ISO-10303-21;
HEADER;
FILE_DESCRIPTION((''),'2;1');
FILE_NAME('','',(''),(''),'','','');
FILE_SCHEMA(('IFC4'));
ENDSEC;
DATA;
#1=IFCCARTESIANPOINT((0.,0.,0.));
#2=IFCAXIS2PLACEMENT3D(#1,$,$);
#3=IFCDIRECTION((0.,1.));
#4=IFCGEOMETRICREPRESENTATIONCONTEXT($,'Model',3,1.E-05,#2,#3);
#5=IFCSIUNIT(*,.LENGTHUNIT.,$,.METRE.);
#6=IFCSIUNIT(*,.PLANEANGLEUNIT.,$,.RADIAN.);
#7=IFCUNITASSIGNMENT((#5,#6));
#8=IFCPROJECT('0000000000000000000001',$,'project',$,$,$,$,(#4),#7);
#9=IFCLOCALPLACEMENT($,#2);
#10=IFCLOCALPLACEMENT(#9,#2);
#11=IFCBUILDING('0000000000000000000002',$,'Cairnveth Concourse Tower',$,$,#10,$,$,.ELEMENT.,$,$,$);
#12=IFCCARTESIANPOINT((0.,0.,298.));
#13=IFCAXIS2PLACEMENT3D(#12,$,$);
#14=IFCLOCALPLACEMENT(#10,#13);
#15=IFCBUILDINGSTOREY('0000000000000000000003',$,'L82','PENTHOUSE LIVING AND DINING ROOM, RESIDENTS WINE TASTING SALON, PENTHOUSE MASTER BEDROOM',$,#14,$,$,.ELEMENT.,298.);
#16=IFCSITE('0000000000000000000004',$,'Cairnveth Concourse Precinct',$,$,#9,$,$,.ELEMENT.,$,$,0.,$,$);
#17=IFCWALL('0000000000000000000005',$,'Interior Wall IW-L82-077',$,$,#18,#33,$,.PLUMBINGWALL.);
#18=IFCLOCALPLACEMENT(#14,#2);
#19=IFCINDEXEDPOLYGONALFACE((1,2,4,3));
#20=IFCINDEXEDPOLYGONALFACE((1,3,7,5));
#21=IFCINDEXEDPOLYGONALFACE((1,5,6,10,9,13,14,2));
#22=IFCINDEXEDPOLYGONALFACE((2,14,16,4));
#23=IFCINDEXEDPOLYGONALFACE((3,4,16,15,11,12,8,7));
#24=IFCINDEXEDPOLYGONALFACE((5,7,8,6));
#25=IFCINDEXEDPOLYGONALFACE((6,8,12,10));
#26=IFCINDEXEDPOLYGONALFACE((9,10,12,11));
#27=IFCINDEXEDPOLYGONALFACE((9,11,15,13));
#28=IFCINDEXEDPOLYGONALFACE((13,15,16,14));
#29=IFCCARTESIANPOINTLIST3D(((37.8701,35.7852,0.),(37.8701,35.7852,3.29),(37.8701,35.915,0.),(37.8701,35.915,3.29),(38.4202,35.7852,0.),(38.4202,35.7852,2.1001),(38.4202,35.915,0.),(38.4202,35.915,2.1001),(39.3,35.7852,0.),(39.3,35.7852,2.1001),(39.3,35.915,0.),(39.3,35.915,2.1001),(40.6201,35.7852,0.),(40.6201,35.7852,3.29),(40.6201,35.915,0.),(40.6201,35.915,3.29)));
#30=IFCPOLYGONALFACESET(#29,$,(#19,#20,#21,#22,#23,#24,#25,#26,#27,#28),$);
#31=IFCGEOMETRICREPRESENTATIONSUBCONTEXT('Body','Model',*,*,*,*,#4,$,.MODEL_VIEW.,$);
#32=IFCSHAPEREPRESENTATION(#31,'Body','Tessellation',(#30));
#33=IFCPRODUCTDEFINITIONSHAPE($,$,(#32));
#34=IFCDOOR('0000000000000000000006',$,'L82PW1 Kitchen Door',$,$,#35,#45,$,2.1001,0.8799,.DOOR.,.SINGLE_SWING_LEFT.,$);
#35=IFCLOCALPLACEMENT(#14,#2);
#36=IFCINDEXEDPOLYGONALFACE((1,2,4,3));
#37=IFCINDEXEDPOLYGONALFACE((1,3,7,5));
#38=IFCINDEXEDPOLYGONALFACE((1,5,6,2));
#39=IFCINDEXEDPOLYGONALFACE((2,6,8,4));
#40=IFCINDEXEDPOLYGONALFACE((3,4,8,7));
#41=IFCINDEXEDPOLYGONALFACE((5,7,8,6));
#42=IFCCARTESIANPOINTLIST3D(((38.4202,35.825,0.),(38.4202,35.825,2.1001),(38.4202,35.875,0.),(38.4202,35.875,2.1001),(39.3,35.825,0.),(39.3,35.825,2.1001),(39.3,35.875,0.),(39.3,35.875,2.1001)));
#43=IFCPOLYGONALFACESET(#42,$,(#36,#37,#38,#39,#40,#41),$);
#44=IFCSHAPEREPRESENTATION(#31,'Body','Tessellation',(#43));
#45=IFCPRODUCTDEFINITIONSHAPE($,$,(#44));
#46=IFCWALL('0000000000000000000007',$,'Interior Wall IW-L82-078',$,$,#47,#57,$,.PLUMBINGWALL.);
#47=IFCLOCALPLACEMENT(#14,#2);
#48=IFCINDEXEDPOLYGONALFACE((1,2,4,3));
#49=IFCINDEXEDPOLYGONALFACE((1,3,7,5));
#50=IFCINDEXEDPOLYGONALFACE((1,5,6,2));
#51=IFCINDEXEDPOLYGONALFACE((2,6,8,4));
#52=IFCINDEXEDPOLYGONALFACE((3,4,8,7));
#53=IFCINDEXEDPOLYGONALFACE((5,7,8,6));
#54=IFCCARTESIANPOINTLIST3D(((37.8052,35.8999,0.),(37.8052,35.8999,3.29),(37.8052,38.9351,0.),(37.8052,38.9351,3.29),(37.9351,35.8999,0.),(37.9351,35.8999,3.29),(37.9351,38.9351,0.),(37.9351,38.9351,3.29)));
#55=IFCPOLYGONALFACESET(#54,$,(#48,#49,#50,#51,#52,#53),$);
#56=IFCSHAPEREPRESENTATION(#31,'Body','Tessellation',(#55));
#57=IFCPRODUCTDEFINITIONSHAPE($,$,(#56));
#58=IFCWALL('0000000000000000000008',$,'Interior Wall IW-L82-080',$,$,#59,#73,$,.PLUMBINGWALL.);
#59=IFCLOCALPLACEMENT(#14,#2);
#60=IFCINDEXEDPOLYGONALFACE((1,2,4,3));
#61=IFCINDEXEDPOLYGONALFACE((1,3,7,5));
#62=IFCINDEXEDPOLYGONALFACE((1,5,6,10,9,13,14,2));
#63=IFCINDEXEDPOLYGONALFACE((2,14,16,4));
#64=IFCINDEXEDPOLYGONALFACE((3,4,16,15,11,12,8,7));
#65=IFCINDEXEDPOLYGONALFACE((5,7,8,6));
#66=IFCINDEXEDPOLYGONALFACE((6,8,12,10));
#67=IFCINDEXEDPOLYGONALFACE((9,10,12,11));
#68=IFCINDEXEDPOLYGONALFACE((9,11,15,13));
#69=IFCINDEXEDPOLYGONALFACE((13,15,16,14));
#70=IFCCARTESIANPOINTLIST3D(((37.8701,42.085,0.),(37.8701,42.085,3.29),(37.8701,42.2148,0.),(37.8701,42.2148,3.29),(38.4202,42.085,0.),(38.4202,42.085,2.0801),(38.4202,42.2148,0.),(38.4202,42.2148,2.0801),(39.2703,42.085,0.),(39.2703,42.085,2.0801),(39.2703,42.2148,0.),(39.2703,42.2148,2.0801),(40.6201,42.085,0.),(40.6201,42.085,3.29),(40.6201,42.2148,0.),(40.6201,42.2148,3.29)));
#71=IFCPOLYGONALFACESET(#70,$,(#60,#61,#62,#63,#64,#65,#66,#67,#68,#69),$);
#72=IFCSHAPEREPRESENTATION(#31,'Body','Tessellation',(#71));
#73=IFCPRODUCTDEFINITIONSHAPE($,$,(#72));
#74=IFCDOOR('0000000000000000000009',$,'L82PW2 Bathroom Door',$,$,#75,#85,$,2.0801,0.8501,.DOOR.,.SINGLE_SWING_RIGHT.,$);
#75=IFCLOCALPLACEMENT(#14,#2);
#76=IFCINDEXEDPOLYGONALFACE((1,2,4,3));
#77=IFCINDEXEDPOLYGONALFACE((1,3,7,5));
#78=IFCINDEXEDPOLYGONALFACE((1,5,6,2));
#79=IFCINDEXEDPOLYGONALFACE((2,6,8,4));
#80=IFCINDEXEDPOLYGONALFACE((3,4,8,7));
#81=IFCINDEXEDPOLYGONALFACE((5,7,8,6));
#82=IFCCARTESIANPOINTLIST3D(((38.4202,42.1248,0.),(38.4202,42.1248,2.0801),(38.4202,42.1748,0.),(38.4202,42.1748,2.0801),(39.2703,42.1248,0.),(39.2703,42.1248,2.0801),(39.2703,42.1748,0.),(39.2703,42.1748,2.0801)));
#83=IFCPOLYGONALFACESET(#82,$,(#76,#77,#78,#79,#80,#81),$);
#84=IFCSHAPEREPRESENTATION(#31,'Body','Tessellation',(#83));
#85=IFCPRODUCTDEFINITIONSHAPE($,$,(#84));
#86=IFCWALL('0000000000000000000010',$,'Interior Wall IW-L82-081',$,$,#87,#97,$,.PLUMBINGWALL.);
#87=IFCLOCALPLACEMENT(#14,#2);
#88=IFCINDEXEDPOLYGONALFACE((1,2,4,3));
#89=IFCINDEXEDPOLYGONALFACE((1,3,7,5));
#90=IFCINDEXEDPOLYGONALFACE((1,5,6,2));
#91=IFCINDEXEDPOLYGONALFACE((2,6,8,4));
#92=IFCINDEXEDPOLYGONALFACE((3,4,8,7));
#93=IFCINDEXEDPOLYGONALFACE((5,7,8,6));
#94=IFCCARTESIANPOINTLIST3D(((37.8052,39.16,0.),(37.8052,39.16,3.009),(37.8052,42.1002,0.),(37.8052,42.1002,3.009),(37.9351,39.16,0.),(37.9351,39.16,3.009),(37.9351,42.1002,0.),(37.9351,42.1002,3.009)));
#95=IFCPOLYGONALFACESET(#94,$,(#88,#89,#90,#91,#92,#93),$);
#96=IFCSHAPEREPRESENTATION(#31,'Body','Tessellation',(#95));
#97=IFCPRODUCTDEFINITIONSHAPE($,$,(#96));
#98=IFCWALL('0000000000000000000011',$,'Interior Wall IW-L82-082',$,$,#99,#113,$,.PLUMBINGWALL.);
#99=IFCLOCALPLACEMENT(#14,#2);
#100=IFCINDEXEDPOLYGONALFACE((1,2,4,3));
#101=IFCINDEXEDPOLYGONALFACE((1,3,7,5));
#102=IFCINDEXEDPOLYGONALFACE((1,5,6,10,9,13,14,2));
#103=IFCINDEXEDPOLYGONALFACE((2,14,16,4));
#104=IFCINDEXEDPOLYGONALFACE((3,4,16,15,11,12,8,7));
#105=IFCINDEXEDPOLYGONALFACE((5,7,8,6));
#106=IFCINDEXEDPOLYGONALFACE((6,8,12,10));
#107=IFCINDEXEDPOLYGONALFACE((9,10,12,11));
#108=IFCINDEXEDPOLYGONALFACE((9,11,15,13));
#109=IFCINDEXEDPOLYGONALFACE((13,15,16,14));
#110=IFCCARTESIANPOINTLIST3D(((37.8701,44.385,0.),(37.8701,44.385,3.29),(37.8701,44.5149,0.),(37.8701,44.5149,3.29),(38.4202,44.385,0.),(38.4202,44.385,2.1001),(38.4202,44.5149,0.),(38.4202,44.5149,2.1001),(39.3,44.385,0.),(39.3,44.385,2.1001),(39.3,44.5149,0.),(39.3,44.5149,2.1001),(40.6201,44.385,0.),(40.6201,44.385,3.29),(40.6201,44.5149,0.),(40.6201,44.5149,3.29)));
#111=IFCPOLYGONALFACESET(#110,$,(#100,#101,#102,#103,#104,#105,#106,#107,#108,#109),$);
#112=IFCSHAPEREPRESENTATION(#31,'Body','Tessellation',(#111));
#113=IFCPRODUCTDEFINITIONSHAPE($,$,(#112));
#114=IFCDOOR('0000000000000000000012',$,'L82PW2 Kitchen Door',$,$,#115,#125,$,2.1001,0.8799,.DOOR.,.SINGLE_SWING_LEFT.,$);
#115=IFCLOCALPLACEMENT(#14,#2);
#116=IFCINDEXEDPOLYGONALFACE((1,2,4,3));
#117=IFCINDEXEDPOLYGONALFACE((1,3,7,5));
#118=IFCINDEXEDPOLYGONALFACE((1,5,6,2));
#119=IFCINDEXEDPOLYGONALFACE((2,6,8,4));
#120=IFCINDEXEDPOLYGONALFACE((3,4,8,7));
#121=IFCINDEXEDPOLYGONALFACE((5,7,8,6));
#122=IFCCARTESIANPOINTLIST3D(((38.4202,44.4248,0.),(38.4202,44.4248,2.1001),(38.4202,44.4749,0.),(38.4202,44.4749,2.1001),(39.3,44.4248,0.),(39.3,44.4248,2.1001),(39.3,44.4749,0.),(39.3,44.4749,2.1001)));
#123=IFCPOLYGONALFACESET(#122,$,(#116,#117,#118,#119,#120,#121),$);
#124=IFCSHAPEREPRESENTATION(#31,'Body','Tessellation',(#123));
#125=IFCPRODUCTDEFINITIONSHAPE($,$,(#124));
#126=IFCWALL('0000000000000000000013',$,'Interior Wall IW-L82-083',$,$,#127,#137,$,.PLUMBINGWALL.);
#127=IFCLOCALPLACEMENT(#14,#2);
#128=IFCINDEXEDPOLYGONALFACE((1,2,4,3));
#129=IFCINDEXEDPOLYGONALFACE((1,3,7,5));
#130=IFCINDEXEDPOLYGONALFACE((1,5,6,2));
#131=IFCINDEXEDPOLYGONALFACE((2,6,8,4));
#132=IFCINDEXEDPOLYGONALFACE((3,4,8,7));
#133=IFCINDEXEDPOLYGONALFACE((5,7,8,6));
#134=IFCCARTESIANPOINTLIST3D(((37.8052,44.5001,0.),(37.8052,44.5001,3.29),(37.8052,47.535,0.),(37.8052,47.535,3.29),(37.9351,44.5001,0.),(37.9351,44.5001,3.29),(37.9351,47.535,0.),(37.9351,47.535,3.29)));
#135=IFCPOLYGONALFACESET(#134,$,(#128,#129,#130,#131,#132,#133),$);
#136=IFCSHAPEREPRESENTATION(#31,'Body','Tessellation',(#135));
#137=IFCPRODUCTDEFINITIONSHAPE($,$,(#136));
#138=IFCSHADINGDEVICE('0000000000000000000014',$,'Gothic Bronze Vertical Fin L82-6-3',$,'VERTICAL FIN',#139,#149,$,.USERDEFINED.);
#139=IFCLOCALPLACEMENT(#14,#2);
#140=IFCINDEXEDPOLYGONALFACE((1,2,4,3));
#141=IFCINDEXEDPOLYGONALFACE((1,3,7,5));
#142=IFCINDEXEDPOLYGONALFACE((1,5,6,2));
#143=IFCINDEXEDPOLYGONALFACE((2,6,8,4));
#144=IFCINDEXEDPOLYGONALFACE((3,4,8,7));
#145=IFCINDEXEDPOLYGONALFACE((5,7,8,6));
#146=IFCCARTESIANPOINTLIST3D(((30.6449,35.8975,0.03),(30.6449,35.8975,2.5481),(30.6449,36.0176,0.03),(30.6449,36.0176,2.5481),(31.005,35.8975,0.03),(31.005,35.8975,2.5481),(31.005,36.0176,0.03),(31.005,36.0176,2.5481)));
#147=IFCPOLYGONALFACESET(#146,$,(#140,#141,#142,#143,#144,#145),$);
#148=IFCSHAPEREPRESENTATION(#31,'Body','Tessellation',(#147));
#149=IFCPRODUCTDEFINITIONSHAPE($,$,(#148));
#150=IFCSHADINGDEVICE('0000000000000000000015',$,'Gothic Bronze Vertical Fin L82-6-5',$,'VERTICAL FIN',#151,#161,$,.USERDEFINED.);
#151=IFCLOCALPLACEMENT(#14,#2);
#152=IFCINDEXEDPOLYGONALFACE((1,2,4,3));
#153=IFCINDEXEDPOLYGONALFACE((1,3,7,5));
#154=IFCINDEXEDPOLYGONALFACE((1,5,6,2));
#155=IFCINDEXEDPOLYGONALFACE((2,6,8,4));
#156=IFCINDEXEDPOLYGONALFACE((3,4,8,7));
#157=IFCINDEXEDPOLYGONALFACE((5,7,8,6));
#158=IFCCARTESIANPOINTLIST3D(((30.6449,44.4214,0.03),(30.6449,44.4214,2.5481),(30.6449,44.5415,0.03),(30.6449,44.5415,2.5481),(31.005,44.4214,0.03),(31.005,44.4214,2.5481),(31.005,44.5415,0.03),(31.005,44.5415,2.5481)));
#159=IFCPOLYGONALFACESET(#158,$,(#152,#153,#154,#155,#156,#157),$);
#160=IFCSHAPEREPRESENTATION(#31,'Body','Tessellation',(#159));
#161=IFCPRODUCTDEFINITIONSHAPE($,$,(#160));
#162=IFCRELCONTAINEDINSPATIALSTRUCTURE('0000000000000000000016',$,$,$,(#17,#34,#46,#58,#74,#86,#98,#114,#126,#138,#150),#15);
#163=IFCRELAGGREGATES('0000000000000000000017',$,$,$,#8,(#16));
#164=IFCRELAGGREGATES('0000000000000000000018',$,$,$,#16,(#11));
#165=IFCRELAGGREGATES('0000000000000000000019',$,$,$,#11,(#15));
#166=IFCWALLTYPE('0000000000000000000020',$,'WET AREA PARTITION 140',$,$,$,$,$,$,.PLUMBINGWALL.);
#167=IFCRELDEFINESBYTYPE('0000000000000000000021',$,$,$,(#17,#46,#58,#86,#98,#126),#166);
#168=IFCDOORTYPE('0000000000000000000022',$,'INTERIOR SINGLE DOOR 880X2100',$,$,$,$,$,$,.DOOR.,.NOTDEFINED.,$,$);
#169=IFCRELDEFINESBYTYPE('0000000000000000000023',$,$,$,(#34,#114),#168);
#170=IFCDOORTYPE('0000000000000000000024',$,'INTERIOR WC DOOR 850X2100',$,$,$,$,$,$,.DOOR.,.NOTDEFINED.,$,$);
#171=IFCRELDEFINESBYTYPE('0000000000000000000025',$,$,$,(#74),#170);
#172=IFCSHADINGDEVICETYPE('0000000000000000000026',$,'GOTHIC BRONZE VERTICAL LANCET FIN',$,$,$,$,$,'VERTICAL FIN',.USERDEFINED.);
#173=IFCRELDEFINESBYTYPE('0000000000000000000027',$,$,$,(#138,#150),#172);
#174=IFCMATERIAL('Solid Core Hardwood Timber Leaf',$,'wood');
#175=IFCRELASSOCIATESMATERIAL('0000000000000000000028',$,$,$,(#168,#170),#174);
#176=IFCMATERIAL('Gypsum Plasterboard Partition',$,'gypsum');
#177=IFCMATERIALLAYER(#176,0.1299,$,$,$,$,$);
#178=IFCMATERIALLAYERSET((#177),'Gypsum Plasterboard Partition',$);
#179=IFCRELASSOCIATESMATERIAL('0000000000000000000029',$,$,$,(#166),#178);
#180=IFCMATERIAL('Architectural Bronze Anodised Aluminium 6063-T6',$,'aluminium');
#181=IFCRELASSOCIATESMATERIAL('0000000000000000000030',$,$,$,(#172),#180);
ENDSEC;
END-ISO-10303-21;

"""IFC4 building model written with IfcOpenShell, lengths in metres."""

from ifc_helpers import new_model, si_unit, direction, frame, frame_2d, origin, origin_2d, place, context, subcontext, project, spatial, rectangle, extrude, material, layer, layer_set, type_object, element, fill, save


model = new_model("IFC4")

# Units and contexts
model_context = context("Model", 3, precision=1e-05, world=origin(), true_north=direction((0.0, 1.0)))
body_context = subcontext(model_context, "Body", "Model", "MODEL_VIEW")
ifc_project = project(units=[si_unit("LENGTHUNIT", "METRE"), si_unit("PLANEANGLEUNIT", "RADIAN")], contexts=[model_context])

# Site, building, storey
site_placement = place(None, origin())
site = spatial("IfcSite", under=ifc_project, at=site_placement, Name="Cairnveth Concourse Precinct", CompositionType="ELEMENT", RefElevation=0.0)
building_placement = place(site_placement, origin())
building = spatial("IfcBuilding", under=site, at=building_placement, Name="Cairnveth Concourse Tower", CompositionType="ELEMENT")
storey_placement = place(building_placement, frame((0.0, 0.0, 298.0)))
storey = spatial("IfcBuildingStorey", under=building, at=storey_placement, Name="L82", Description="PENTHOUSE LIVING AND DINING ROOM, RESIDENTS WINE TASTING SALON, PENTHOUSE MASTER BEDROOM", CompositionType="ELEMENT", Elevation=298.0)

# Shared definitions
ifc_material_1 = material(Name="Gypsum Plasterboard Partition", Category="gypsum")

# Wall, opening, door
ifc_material_2 = material(Name="Solid Core Hardwood Timber Leaf", Category="wood")
door_type_1 = type_object("IfcDoorType", Name="INTERIOR SINGLE DOOR 880X2100", OperationType="NOTDEFINED", PredefinedType="DOOR", material=ifc_material_2)
ifc_layer_1 = layer(ifc_material_1, 0.1299)
ifc_layer_set_1 = layer_set([ifc_layer_1], Name="Gypsum Plasterboard Partition")
wall_type_1 = type_object("IfcWallType", Name="WET AREA PARTITION 140", PredefinedType="PLUMBINGWALL", material=ifc_layer_set_1)
wall_1_placement = place(storey_placement, frame((37.8701, 35.8501, 0.0), z_axis=(0.0, 0.0, 1.0), x_axis=(1.0, 0.0, 0.0)))
wall_1 = element("IfcWall", 1, at=wall_1_placement, inside=storey, type_object=wall_type_1, Name="Interior Wall IW-L82-077", PredefinedType="PLUMBINGWALL", context=body_context, shape_type="SweptSolid", body=[
    extrude(rectangle(XDim=2.75, YDim=0.1299, at=frame_2d((1.375, 0.0))), origin(), (0.0, 0.0, 1.0), 3.29),
])
opening_1_placement = place(wall_1_placement, frame((0.55, 0.0, 0.0)))
opening_1 = element("IfcOpeningElement", 2, at=opening_1_placement, cuts=wall_1, PredefinedType="OPENING", context=body_context, shape_type="SweptSolid", body=[
    extrude(rectangle(XDim=0.8799, YDim=2.1001, at=frame_2d((0.4399, 1.05))), frame((0.0, 0.075, 0.0), z_axis=(0.0, -1.0, 0.0), x_axis=(1.0, 0.0, 0.0)), (0.0, 0.0, 1.0), 0.1499),
])
door_1_placement = place(opening_1_placement, origin())
door_1 = element("IfcDoor", 3, at=door_1_placement, inside=storey, type_object=door_type_1, Name="L82PW1 Kitchen Door", OperationType="SINGLE_SWING_LEFT", OverallHeight=2.1001, OverallWidth=0.8799, PredefinedType="DOOR", context=body_context, shape_type="SweptSolid", body=[
    extrude(rectangle(XDim=0.8799, YDim=2.1001, at=frame_2d((0.4399, 1.05))), frame((0.0, 0.0249, 0.0), z_axis=(0.0, -1.0, 0.0), x_axis=(1.0, 0.0, 0.0)), (0.0, 0.0, 1.0), 0.05),
])
fill(opening_1, door_1)

# Wall
wall_2_placement = place(storey_placement, frame((37.8701, 35.8999, 0.0), z_axis=(0.0, 0.0, 1.0), x_axis=(0.0, 1.0, 0.0)))
element("IfcWall", 4, at=wall_2_placement, inside=storey, type_object=wall_type_1, Name="Interior Wall IW-L82-078", PredefinedType="PLUMBINGWALL", context=body_context, shape_type="SweptSolid", body=[
    extrude(rectangle(XDim=3.0352, YDim=0.1299, at=frame_2d((1.5176, 0.0))), origin(), (0.0, 0.0, 1.0), 3.29),
])

# Wall, opening, door
wall_3_placement = place(storey_placement, frame((37.8701, 42.1499, 0.0), z_axis=(0.0, 0.0, 1.0), x_axis=(1.0, 0.0, 0.0)))
wall_3 = element("IfcWall", 5, at=wall_3_placement, inside=storey, type_object=wall_type_1, Name="Interior Wall IW-L82-080", PredefinedType="PLUMBINGWALL", context=body_context, shape_type="SweptSolid", body=[
    extrude(rectangle(XDim=2.75, YDim=0.1299, at=frame_2d((1.375, 0.0))), origin(), (0.0, 0.0, 1.0), 3.29),
])
opening_2_placement = place(wall_3_placement, frame((0.55, 0.0, 0.0)))
opening_2 = element("IfcOpeningElement", 6, at=opening_2_placement, cuts=wall_3, PredefinedType="OPENING", context=body_context, shape_type="SweptSolid", body=[
    extrude(rectangle(XDim=0.8501, YDim=2.0801, at=frame_2d((0.425, 1.04))), frame((0.0, 0.075, 0.0), z_axis=(0.0, -1.0, 0.0), x_axis=(1.0, 0.0, 0.0)), (0.0, 0.0, 1.0), 0.1499),
])
door_type_2 = type_object("IfcDoorType", Name="INTERIOR WC DOOR 850X2100", OperationType="NOTDEFINED", PredefinedType="DOOR", material=ifc_material_2)
door_2_placement = place(opening_2_placement, origin())
door_2 = element("IfcDoor", 7, at=door_2_placement, inside=storey, type_object=door_type_2, Name="L82PW2 Bathroom Door", OperationType="SINGLE_SWING_RIGHT", OverallHeight=2.0801, OverallWidth=0.8501, PredefinedType="DOOR", context=body_context, shape_type="SweptSolid", body=[
    extrude(rectangle(XDim=0.8501, YDim=2.0801, at=frame_2d((0.425, 1.04))), frame((0.0, 0.0249, 0.0), z_axis=(0.0, -1.0, 0.0), x_axis=(1.0, 0.0, 0.0)), (0.0, 0.0, 1.0), 0.05),
])
fill(opening_2, door_2)

# Wall
wall_4_placement = place(storey_placement, frame((37.8701, 39.1599, 0.0), z_axis=(0.0, 0.0, 1.0), x_axis=(0.0, 1.0, 0.0)))
element("IfcWall", 8, at=wall_4_placement, inside=storey, type_object=wall_type_1, Name="Interior Wall IW-L82-081", PredefinedType="PLUMBINGWALL", context=body_context, shape_type="SweptSolid", body=[
    extrude(rectangle(XDim=2.9402, YDim=0.1299, at=frame_2d((1.4702, 0.0))), origin(), (0.0, 0.0, 1.0), 3.009),
])

# Wall, opening, door
wall_5_placement = place(storey_placement, frame((37.8701, 44.45, 0.0), z_axis=(0.0, 0.0, 1.0), x_axis=(1.0, 0.0, 0.0)))
wall_5 = element("IfcWall", 9, at=wall_5_placement, inside=storey, type_object=wall_type_1, Name="Interior Wall IW-L82-082", PredefinedType="PLUMBINGWALL", context=body_context, shape_type="SweptSolid", body=[
    extrude(rectangle(XDim=2.75, YDim=0.1299, at=frame_2d((1.375, 0.0))), origin(), (0.0, 0.0, 1.0), 3.29),
])
opening_3_placement = place(wall_5_placement, frame((0.55, 0.0, 0.0)))
opening_3 = element("IfcOpeningElement", 10, at=opening_3_placement, cuts=wall_5, PredefinedType="OPENING", context=body_context, shape_type="SweptSolid", body=[
    extrude(rectangle(XDim=0.8799, YDim=2.1001, at=frame_2d((0.4399, 1.05))), frame((0.0, 0.075, 0.0), z_axis=(0.0, -1.0, 0.0), x_axis=(1.0, 0.0, 0.0)), (0.0, 0.0, 1.0), 0.1499),
])
door_3_placement = place(opening_3_placement, origin())
door_3 = element("IfcDoor", 11, at=door_3_placement, inside=storey, type_object=door_type_1, Name="L82PW2 Kitchen Door", OperationType="SINGLE_SWING_LEFT", OverallHeight=2.1001, OverallWidth=0.8799, PredefinedType="DOOR", context=body_context, shape_type="SweptSolid", body=[
    extrude(rectangle(XDim=0.8799, YDim=2.1001, at=frame_2d((0.4399, 1.05))), frame((0.0, 0.0249, 0.0), z_axis=(0.0, -1.0, 0.0), x_axis=(1.0, 0.0, 0.0)), (0.0, 0.0, 1.0), 0.05),
])
fill(opening_3, door_3)

# Wall
wall_6_placement = place(storey_placement, frame((37.8701, 44.5, 0.0), z_axis=(0.0, 0.0, 1.0), x_axis=(0.0, 1.0, 0.0)))
element("IfcWall", 12, at=wall_6_placement, inside=storey, type_object=wall_type_1, Name="Interior Wall IW-L82-083", PredefinedType="PLUMBINGWALL", context=body_context, shape_type="SweptSolid", body=[
    extrude(rectangle(XDim=3.0349, YDim=0.1299, at=frame_2d((1.5176, 0.0))), origin(), (0.0, 0.0, 1.0), 3.29),
])

# Shading devices
ifc_material_3 = material(Name="Architectural Bronze Anodised Aluminium 6063-T6", Category="aluminium")
shading_device_type = type_object("IfcShadingDeviceType", Name="GOTHIC BRONZE VERTICAL LANCET FIN", ElementType="VERTICAL FIN", PredefinedType="USERDEFINED", material=ifc_material_3)
for number, where, z_axis, x_axis, name in (
    (13, (30.825, 35.9575, 0.03), (0.0, 0.0, 1.0), (0.0, 1.0, 0.0), "Gothic Bronze Vertical Fin L82-6-3"),
    (14, (30.825, 44.4814, 0.03), (0.0, 0.0, 1.0), (0.0, 1.0, 0.0), "Gothic Bronze Vertical Fin L82-6-5"),
):
    element("IfcShadingDevice", number, at=place(storey_placement, frame(where, z_axis=z_axis, x_axis=x_axis)), inside=storey, type_object=shading_device_type, Name=name, ObjectType="VERTICAL FIN", PredefinedType="USERDEFINED", context=body_context, shape_type="SweptSolid", body=[
        extrude(rectangle(XDim=0.1201, YDim=0.3601, at=origin_2d()), origin(), (0.0, 0.0, 1.0), 2.5181),
    ])

save(model, "model.ifc")
